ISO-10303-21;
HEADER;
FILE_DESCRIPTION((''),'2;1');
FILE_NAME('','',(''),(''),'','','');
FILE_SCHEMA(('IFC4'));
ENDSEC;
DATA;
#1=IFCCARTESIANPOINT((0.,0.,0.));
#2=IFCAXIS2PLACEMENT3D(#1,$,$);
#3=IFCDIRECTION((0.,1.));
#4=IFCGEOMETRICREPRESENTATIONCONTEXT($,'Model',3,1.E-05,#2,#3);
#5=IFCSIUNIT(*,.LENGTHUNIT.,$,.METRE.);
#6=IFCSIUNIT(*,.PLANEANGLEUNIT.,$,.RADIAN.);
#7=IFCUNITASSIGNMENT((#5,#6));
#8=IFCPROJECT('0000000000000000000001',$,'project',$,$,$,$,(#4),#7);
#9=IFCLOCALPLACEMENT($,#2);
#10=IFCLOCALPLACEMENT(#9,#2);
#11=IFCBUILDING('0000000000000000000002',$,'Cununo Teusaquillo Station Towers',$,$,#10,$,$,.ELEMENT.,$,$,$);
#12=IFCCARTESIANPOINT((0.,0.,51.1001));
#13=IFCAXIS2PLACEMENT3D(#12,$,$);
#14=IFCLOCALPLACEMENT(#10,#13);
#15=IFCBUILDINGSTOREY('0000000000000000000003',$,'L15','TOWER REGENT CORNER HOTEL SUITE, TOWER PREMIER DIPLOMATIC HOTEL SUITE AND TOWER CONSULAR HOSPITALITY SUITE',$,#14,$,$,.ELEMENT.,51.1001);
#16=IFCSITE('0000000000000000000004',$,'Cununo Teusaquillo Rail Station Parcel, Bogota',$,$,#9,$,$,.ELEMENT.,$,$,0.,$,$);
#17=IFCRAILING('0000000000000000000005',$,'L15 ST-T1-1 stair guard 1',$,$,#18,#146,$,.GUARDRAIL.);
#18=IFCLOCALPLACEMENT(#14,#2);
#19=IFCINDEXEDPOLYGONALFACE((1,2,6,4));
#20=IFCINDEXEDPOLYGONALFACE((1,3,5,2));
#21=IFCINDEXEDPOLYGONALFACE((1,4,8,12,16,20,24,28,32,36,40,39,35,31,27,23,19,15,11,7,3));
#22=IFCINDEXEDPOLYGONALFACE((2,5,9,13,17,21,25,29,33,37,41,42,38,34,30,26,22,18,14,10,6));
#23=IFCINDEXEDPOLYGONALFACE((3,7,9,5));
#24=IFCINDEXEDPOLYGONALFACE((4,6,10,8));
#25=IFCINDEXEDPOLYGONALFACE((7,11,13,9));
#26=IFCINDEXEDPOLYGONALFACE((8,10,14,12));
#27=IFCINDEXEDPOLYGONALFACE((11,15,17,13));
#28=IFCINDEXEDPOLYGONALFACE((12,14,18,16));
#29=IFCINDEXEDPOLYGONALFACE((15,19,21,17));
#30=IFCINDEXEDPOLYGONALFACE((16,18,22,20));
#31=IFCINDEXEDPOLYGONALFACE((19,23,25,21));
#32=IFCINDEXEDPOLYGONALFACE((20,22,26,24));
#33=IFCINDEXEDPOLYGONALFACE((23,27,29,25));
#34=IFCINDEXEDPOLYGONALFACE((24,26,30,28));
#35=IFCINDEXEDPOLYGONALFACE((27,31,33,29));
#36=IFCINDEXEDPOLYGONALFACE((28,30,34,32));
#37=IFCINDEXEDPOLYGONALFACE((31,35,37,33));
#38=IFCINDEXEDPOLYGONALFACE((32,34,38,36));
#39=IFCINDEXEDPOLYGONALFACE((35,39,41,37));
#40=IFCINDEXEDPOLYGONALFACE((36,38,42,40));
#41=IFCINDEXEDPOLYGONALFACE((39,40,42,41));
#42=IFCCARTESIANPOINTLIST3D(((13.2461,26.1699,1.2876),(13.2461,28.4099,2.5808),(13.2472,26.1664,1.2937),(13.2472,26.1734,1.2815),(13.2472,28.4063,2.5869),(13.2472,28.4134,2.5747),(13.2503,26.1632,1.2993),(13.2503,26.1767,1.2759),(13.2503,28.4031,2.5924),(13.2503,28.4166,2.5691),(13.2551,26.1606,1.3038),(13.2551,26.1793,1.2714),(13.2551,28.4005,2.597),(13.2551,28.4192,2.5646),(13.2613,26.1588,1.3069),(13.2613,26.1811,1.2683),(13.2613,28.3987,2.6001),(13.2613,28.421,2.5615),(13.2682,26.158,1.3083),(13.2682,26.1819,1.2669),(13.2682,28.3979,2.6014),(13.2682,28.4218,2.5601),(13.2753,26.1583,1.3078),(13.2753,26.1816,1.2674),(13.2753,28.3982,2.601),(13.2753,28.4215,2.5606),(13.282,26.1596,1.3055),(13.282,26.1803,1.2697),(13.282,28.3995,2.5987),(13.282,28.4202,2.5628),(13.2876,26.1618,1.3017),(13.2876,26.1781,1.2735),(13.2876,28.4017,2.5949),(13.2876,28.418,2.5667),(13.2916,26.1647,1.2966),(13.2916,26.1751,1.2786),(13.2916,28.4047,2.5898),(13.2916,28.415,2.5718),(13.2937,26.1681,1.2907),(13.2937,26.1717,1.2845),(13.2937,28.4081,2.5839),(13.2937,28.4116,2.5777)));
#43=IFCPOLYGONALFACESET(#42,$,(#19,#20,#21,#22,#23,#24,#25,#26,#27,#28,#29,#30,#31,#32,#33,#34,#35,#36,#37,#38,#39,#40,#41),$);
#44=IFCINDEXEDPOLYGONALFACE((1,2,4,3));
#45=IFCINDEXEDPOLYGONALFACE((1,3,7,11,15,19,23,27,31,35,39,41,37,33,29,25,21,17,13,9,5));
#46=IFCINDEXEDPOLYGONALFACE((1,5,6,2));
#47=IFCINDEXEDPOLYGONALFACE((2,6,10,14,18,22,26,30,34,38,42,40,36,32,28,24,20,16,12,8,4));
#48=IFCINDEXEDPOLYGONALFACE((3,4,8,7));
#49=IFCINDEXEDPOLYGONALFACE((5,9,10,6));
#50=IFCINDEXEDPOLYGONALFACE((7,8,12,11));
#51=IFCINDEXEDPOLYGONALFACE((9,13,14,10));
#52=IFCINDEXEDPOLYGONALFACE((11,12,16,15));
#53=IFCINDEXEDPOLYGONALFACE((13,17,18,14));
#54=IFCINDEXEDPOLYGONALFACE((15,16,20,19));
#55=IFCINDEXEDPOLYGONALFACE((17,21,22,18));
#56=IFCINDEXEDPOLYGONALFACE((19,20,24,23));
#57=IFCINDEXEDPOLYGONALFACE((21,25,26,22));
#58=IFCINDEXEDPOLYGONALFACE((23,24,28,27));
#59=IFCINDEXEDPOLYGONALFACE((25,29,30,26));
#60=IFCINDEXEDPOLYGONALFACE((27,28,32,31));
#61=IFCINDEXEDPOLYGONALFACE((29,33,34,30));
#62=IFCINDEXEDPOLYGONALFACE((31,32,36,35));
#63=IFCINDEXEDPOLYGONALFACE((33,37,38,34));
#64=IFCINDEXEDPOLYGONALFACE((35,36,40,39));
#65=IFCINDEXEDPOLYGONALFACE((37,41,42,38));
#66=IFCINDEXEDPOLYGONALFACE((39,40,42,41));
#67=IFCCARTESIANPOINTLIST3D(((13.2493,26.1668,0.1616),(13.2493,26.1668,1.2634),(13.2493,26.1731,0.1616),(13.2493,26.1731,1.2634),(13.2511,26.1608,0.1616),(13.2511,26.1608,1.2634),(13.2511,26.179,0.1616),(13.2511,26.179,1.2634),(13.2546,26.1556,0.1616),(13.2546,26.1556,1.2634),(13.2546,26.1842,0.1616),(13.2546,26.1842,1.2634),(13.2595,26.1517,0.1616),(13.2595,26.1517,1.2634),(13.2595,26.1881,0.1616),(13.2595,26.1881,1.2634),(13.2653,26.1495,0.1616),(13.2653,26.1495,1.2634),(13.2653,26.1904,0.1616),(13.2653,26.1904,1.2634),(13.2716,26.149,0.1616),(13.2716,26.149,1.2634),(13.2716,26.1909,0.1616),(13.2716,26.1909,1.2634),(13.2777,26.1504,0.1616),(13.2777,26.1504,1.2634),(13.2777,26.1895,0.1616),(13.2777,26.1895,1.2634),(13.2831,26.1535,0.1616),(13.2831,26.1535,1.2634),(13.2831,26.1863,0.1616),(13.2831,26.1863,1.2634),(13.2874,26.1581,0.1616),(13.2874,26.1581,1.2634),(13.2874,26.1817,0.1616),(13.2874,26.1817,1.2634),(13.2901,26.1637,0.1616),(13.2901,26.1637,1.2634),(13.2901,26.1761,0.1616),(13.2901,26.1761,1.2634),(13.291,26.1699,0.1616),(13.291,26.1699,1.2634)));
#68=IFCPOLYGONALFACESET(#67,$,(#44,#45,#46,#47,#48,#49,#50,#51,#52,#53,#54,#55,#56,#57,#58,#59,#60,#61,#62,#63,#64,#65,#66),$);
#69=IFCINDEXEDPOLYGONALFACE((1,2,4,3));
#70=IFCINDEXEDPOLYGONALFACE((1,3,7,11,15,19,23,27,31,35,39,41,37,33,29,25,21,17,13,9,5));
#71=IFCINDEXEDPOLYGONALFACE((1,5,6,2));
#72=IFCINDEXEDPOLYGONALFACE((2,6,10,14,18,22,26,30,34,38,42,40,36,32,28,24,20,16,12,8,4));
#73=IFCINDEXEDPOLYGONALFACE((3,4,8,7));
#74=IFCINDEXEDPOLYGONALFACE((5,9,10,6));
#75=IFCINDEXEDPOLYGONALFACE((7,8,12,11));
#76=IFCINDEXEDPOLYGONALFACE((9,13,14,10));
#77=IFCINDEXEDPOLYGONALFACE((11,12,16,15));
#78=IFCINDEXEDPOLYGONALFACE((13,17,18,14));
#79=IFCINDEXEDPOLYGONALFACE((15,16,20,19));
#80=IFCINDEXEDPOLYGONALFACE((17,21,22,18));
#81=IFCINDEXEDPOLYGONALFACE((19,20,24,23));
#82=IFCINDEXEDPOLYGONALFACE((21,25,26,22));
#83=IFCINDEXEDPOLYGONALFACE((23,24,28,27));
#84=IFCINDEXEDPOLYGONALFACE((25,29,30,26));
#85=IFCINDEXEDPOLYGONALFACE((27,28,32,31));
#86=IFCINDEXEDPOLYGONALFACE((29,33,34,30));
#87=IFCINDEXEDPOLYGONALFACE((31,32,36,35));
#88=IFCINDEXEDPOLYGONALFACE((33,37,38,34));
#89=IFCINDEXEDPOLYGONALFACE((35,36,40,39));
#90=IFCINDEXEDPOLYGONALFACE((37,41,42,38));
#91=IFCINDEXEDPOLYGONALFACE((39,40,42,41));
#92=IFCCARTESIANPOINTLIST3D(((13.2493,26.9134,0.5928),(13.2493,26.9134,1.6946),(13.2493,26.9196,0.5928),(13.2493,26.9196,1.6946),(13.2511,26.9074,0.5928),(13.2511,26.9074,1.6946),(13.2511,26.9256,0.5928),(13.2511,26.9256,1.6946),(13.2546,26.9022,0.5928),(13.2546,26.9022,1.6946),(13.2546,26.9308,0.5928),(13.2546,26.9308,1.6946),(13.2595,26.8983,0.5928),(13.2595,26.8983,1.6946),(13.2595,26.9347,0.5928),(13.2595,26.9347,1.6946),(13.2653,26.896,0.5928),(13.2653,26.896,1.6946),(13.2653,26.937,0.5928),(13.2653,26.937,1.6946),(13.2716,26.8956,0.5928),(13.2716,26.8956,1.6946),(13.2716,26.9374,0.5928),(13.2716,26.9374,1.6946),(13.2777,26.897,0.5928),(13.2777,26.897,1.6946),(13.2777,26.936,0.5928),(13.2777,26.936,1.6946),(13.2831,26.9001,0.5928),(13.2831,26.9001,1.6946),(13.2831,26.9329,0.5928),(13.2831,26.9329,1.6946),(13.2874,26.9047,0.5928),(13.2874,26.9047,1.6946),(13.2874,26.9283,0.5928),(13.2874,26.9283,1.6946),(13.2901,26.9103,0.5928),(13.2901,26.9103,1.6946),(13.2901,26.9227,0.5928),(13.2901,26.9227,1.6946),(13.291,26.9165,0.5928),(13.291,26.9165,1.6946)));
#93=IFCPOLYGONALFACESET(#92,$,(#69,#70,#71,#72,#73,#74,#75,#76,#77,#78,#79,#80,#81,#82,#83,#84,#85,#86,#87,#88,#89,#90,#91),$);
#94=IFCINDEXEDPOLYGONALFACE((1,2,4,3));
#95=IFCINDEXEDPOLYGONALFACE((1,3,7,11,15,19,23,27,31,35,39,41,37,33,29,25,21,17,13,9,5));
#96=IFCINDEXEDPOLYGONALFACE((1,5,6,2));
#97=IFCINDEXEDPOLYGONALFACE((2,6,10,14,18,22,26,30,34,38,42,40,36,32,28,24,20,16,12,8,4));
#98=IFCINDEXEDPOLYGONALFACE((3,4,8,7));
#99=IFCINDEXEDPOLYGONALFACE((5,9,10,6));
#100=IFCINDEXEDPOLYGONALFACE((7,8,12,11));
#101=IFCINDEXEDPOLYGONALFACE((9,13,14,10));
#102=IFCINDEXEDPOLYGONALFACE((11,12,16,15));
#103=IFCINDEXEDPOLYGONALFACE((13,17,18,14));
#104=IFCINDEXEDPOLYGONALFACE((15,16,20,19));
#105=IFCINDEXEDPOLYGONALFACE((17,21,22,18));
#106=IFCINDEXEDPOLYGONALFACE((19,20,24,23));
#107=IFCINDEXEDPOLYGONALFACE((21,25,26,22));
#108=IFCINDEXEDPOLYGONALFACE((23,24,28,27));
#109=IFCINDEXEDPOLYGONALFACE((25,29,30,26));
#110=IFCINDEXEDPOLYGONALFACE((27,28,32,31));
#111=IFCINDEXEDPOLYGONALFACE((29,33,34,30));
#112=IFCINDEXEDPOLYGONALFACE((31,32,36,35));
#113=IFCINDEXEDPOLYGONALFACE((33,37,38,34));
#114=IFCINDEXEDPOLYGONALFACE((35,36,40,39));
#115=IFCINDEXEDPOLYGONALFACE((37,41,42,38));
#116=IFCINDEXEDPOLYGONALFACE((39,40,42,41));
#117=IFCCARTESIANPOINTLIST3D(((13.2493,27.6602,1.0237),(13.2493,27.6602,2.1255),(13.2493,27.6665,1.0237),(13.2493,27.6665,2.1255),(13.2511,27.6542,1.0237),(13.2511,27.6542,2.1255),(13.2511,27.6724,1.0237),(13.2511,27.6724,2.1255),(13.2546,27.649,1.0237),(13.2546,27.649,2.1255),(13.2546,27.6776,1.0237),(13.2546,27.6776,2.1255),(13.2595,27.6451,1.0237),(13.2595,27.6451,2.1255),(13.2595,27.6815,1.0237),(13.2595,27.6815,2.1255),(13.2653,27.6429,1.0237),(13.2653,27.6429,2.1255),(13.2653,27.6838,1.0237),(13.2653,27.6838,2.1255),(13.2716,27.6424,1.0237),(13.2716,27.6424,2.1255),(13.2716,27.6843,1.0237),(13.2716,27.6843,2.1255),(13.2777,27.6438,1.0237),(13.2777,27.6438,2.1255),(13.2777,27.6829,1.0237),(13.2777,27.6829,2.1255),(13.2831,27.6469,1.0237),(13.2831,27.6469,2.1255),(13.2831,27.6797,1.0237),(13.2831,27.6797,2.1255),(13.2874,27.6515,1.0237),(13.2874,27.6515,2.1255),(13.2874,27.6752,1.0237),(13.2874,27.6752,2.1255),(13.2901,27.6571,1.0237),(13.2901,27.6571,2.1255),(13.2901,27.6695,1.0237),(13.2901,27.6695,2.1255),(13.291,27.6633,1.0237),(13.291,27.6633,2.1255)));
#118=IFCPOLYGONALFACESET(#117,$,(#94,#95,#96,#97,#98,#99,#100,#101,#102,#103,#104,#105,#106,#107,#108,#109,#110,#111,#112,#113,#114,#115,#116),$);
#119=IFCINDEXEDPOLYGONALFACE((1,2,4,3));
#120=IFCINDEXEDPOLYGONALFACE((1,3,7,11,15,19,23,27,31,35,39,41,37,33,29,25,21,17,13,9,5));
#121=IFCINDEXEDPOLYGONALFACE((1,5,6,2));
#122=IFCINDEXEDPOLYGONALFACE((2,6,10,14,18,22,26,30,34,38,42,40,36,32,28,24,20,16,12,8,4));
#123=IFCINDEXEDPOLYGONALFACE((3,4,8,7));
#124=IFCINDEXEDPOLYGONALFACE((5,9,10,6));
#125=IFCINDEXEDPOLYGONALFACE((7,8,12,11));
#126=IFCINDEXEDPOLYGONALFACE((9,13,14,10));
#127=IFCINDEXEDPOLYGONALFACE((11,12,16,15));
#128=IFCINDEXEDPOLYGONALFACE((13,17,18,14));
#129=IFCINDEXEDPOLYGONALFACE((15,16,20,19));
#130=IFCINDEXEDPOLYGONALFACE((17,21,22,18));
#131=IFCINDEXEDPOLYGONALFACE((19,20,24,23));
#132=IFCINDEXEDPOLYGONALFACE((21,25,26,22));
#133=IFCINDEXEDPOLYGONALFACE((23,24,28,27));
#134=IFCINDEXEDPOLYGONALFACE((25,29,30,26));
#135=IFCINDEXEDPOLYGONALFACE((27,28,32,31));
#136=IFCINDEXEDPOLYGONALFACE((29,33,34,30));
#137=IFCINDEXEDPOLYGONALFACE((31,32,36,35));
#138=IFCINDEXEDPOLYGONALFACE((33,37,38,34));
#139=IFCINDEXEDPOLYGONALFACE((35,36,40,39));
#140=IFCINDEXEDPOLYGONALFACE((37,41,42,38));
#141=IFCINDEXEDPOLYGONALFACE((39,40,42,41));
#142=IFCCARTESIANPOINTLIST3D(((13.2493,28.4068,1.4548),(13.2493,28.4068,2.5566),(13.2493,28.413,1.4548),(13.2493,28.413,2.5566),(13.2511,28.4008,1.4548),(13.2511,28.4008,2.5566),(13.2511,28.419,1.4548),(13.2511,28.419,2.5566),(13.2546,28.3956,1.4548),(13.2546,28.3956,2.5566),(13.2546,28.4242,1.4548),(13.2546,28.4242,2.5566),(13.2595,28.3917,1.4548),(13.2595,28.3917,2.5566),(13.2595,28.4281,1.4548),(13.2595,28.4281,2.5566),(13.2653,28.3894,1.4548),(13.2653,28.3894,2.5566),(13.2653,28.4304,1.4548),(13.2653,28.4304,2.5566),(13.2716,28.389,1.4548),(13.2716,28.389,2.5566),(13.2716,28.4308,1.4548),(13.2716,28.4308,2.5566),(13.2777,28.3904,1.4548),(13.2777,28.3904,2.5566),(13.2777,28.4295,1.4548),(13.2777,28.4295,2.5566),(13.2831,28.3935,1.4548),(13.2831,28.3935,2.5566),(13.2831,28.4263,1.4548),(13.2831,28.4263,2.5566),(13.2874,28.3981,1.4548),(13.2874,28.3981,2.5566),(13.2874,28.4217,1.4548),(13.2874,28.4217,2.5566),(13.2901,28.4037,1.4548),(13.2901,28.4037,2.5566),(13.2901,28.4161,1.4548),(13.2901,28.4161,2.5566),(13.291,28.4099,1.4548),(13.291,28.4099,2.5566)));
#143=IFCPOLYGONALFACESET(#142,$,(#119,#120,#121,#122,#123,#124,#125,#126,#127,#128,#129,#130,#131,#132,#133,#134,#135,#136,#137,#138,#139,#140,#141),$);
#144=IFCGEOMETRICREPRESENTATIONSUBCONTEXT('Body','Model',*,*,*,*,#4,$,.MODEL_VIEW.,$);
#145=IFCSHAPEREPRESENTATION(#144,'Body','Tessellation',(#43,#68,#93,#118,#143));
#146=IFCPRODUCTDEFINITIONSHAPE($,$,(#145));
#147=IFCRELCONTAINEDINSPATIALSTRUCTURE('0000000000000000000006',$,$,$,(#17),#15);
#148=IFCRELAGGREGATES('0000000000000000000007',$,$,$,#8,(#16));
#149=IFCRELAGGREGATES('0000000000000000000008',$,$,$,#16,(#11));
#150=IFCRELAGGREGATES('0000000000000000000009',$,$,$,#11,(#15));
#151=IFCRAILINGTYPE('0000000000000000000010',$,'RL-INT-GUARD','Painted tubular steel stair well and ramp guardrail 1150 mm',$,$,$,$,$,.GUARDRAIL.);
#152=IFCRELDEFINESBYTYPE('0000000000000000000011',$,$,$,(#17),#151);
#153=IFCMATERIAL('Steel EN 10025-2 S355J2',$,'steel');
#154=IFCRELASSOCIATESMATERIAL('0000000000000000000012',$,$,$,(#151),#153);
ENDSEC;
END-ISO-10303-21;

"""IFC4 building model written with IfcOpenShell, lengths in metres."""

from ifc_helpers import new_model, si_unit, direction, frame, origin, origin_2d, place, context, subcontext, project, spatial, circle, extrude, material, type_object, element, save


model = new_model("IFC4")

# Units and contexts
model_context = context("Model", 3, precision=1e-05, world=origin(), true_north=direction((0.0, 1.0)))
body_context = subcontext(model_context, "Body", "Model", "MODEL_VIEW")
ifc_project = project(units=[si_unit("LENGTHUNIT", "METRE"), si_unit("PLANEANGLEUNIT", "RADIAN")], contexts=[model_context])

# Site, building, storey
site_placement = place(None, origin())
site = spatial("IfcSite", under=ifc_project, at=site_placement, Name="Cununo Teusaquillo Rail Station Parcel, Bogota", CompositionType="ELEMENT", RefElevation=0.0)
building_placement = place(site_placement, origin())
building = spatial("IfcBuilding", under=site, at=building_placement, Name="Cununo Teusaquillo Station Towers", CompositionType="ELEMENT")
storey_placement = place(building_placement, frame((0.0, 0.0, 51.1001)))
storey = spatial("IfcBuildingStorey", under=building, at=storey_placement, Name="L15", Description="TOWER REGENT CORNER HOTEL SUITE, TOWER PREMIER DIPLOMATIC HOTEL SUITE AND TOWER CONSULAR HOSPITALITY SUITE", CompositionType="ELEMENT", Elevation=51.1001)

# Railing
ifc_material_1 = material(Name="Steel EN 10025-2 S355J2", Category="steel")
railing_type_1 = type_object("IfcRailingType", Name="RL-INT-GUARD", Description="Painted tubular steel stair well and ramp guardrail 1150 mm", PredefinedType="GUARDRAIL", material=ifc_material_1)
railing_1_placement = place(storey_placement, frame((13.27, 26.1699, 0.1616)))
element("IfcRailing", 1, at=railing_1_placement, inside=storey, type_object=railing_type_1, Name="L15 ST-T1-1 stair guard 1", PredefinedType="GUARDRAIL", context=body_context, shape_type="SweptSolid", body=[
    extrude(circle(Radius=0.0239, at=origin_2d()), frame((0.0, 0.0, 1.126), z_axis=(0.0, 0.866033, 0.499987), x_axis=(-1.0, 0.0, 0.0)), (0.0, 0.0, 1.0), 2.5864),
    extrude(circle(Radius=0.021, at=origin_2d()), origin(), (0.0, 0.0, 1.0), 1.1018),
    extrude(circle(Radius=0.021, at=origin_2d()), frame((0.0, 0.7466, 0.4312)), (0.0, 0.0, 1.0), 1.1018),
    extrude(circle(Radius=0.021, at=origin_2d()), frame((0.0, 1.4934, 0.8621)), (0.0, 0.0, 1.0), 1.1018),
    extrude(circle(Radius=0.021, at=origin_2d()), frame((0.0, 2.24, 1.2932)), (0.0, 0.0, 1.0), 1.1018),
])

save(model, "model.ifc")
